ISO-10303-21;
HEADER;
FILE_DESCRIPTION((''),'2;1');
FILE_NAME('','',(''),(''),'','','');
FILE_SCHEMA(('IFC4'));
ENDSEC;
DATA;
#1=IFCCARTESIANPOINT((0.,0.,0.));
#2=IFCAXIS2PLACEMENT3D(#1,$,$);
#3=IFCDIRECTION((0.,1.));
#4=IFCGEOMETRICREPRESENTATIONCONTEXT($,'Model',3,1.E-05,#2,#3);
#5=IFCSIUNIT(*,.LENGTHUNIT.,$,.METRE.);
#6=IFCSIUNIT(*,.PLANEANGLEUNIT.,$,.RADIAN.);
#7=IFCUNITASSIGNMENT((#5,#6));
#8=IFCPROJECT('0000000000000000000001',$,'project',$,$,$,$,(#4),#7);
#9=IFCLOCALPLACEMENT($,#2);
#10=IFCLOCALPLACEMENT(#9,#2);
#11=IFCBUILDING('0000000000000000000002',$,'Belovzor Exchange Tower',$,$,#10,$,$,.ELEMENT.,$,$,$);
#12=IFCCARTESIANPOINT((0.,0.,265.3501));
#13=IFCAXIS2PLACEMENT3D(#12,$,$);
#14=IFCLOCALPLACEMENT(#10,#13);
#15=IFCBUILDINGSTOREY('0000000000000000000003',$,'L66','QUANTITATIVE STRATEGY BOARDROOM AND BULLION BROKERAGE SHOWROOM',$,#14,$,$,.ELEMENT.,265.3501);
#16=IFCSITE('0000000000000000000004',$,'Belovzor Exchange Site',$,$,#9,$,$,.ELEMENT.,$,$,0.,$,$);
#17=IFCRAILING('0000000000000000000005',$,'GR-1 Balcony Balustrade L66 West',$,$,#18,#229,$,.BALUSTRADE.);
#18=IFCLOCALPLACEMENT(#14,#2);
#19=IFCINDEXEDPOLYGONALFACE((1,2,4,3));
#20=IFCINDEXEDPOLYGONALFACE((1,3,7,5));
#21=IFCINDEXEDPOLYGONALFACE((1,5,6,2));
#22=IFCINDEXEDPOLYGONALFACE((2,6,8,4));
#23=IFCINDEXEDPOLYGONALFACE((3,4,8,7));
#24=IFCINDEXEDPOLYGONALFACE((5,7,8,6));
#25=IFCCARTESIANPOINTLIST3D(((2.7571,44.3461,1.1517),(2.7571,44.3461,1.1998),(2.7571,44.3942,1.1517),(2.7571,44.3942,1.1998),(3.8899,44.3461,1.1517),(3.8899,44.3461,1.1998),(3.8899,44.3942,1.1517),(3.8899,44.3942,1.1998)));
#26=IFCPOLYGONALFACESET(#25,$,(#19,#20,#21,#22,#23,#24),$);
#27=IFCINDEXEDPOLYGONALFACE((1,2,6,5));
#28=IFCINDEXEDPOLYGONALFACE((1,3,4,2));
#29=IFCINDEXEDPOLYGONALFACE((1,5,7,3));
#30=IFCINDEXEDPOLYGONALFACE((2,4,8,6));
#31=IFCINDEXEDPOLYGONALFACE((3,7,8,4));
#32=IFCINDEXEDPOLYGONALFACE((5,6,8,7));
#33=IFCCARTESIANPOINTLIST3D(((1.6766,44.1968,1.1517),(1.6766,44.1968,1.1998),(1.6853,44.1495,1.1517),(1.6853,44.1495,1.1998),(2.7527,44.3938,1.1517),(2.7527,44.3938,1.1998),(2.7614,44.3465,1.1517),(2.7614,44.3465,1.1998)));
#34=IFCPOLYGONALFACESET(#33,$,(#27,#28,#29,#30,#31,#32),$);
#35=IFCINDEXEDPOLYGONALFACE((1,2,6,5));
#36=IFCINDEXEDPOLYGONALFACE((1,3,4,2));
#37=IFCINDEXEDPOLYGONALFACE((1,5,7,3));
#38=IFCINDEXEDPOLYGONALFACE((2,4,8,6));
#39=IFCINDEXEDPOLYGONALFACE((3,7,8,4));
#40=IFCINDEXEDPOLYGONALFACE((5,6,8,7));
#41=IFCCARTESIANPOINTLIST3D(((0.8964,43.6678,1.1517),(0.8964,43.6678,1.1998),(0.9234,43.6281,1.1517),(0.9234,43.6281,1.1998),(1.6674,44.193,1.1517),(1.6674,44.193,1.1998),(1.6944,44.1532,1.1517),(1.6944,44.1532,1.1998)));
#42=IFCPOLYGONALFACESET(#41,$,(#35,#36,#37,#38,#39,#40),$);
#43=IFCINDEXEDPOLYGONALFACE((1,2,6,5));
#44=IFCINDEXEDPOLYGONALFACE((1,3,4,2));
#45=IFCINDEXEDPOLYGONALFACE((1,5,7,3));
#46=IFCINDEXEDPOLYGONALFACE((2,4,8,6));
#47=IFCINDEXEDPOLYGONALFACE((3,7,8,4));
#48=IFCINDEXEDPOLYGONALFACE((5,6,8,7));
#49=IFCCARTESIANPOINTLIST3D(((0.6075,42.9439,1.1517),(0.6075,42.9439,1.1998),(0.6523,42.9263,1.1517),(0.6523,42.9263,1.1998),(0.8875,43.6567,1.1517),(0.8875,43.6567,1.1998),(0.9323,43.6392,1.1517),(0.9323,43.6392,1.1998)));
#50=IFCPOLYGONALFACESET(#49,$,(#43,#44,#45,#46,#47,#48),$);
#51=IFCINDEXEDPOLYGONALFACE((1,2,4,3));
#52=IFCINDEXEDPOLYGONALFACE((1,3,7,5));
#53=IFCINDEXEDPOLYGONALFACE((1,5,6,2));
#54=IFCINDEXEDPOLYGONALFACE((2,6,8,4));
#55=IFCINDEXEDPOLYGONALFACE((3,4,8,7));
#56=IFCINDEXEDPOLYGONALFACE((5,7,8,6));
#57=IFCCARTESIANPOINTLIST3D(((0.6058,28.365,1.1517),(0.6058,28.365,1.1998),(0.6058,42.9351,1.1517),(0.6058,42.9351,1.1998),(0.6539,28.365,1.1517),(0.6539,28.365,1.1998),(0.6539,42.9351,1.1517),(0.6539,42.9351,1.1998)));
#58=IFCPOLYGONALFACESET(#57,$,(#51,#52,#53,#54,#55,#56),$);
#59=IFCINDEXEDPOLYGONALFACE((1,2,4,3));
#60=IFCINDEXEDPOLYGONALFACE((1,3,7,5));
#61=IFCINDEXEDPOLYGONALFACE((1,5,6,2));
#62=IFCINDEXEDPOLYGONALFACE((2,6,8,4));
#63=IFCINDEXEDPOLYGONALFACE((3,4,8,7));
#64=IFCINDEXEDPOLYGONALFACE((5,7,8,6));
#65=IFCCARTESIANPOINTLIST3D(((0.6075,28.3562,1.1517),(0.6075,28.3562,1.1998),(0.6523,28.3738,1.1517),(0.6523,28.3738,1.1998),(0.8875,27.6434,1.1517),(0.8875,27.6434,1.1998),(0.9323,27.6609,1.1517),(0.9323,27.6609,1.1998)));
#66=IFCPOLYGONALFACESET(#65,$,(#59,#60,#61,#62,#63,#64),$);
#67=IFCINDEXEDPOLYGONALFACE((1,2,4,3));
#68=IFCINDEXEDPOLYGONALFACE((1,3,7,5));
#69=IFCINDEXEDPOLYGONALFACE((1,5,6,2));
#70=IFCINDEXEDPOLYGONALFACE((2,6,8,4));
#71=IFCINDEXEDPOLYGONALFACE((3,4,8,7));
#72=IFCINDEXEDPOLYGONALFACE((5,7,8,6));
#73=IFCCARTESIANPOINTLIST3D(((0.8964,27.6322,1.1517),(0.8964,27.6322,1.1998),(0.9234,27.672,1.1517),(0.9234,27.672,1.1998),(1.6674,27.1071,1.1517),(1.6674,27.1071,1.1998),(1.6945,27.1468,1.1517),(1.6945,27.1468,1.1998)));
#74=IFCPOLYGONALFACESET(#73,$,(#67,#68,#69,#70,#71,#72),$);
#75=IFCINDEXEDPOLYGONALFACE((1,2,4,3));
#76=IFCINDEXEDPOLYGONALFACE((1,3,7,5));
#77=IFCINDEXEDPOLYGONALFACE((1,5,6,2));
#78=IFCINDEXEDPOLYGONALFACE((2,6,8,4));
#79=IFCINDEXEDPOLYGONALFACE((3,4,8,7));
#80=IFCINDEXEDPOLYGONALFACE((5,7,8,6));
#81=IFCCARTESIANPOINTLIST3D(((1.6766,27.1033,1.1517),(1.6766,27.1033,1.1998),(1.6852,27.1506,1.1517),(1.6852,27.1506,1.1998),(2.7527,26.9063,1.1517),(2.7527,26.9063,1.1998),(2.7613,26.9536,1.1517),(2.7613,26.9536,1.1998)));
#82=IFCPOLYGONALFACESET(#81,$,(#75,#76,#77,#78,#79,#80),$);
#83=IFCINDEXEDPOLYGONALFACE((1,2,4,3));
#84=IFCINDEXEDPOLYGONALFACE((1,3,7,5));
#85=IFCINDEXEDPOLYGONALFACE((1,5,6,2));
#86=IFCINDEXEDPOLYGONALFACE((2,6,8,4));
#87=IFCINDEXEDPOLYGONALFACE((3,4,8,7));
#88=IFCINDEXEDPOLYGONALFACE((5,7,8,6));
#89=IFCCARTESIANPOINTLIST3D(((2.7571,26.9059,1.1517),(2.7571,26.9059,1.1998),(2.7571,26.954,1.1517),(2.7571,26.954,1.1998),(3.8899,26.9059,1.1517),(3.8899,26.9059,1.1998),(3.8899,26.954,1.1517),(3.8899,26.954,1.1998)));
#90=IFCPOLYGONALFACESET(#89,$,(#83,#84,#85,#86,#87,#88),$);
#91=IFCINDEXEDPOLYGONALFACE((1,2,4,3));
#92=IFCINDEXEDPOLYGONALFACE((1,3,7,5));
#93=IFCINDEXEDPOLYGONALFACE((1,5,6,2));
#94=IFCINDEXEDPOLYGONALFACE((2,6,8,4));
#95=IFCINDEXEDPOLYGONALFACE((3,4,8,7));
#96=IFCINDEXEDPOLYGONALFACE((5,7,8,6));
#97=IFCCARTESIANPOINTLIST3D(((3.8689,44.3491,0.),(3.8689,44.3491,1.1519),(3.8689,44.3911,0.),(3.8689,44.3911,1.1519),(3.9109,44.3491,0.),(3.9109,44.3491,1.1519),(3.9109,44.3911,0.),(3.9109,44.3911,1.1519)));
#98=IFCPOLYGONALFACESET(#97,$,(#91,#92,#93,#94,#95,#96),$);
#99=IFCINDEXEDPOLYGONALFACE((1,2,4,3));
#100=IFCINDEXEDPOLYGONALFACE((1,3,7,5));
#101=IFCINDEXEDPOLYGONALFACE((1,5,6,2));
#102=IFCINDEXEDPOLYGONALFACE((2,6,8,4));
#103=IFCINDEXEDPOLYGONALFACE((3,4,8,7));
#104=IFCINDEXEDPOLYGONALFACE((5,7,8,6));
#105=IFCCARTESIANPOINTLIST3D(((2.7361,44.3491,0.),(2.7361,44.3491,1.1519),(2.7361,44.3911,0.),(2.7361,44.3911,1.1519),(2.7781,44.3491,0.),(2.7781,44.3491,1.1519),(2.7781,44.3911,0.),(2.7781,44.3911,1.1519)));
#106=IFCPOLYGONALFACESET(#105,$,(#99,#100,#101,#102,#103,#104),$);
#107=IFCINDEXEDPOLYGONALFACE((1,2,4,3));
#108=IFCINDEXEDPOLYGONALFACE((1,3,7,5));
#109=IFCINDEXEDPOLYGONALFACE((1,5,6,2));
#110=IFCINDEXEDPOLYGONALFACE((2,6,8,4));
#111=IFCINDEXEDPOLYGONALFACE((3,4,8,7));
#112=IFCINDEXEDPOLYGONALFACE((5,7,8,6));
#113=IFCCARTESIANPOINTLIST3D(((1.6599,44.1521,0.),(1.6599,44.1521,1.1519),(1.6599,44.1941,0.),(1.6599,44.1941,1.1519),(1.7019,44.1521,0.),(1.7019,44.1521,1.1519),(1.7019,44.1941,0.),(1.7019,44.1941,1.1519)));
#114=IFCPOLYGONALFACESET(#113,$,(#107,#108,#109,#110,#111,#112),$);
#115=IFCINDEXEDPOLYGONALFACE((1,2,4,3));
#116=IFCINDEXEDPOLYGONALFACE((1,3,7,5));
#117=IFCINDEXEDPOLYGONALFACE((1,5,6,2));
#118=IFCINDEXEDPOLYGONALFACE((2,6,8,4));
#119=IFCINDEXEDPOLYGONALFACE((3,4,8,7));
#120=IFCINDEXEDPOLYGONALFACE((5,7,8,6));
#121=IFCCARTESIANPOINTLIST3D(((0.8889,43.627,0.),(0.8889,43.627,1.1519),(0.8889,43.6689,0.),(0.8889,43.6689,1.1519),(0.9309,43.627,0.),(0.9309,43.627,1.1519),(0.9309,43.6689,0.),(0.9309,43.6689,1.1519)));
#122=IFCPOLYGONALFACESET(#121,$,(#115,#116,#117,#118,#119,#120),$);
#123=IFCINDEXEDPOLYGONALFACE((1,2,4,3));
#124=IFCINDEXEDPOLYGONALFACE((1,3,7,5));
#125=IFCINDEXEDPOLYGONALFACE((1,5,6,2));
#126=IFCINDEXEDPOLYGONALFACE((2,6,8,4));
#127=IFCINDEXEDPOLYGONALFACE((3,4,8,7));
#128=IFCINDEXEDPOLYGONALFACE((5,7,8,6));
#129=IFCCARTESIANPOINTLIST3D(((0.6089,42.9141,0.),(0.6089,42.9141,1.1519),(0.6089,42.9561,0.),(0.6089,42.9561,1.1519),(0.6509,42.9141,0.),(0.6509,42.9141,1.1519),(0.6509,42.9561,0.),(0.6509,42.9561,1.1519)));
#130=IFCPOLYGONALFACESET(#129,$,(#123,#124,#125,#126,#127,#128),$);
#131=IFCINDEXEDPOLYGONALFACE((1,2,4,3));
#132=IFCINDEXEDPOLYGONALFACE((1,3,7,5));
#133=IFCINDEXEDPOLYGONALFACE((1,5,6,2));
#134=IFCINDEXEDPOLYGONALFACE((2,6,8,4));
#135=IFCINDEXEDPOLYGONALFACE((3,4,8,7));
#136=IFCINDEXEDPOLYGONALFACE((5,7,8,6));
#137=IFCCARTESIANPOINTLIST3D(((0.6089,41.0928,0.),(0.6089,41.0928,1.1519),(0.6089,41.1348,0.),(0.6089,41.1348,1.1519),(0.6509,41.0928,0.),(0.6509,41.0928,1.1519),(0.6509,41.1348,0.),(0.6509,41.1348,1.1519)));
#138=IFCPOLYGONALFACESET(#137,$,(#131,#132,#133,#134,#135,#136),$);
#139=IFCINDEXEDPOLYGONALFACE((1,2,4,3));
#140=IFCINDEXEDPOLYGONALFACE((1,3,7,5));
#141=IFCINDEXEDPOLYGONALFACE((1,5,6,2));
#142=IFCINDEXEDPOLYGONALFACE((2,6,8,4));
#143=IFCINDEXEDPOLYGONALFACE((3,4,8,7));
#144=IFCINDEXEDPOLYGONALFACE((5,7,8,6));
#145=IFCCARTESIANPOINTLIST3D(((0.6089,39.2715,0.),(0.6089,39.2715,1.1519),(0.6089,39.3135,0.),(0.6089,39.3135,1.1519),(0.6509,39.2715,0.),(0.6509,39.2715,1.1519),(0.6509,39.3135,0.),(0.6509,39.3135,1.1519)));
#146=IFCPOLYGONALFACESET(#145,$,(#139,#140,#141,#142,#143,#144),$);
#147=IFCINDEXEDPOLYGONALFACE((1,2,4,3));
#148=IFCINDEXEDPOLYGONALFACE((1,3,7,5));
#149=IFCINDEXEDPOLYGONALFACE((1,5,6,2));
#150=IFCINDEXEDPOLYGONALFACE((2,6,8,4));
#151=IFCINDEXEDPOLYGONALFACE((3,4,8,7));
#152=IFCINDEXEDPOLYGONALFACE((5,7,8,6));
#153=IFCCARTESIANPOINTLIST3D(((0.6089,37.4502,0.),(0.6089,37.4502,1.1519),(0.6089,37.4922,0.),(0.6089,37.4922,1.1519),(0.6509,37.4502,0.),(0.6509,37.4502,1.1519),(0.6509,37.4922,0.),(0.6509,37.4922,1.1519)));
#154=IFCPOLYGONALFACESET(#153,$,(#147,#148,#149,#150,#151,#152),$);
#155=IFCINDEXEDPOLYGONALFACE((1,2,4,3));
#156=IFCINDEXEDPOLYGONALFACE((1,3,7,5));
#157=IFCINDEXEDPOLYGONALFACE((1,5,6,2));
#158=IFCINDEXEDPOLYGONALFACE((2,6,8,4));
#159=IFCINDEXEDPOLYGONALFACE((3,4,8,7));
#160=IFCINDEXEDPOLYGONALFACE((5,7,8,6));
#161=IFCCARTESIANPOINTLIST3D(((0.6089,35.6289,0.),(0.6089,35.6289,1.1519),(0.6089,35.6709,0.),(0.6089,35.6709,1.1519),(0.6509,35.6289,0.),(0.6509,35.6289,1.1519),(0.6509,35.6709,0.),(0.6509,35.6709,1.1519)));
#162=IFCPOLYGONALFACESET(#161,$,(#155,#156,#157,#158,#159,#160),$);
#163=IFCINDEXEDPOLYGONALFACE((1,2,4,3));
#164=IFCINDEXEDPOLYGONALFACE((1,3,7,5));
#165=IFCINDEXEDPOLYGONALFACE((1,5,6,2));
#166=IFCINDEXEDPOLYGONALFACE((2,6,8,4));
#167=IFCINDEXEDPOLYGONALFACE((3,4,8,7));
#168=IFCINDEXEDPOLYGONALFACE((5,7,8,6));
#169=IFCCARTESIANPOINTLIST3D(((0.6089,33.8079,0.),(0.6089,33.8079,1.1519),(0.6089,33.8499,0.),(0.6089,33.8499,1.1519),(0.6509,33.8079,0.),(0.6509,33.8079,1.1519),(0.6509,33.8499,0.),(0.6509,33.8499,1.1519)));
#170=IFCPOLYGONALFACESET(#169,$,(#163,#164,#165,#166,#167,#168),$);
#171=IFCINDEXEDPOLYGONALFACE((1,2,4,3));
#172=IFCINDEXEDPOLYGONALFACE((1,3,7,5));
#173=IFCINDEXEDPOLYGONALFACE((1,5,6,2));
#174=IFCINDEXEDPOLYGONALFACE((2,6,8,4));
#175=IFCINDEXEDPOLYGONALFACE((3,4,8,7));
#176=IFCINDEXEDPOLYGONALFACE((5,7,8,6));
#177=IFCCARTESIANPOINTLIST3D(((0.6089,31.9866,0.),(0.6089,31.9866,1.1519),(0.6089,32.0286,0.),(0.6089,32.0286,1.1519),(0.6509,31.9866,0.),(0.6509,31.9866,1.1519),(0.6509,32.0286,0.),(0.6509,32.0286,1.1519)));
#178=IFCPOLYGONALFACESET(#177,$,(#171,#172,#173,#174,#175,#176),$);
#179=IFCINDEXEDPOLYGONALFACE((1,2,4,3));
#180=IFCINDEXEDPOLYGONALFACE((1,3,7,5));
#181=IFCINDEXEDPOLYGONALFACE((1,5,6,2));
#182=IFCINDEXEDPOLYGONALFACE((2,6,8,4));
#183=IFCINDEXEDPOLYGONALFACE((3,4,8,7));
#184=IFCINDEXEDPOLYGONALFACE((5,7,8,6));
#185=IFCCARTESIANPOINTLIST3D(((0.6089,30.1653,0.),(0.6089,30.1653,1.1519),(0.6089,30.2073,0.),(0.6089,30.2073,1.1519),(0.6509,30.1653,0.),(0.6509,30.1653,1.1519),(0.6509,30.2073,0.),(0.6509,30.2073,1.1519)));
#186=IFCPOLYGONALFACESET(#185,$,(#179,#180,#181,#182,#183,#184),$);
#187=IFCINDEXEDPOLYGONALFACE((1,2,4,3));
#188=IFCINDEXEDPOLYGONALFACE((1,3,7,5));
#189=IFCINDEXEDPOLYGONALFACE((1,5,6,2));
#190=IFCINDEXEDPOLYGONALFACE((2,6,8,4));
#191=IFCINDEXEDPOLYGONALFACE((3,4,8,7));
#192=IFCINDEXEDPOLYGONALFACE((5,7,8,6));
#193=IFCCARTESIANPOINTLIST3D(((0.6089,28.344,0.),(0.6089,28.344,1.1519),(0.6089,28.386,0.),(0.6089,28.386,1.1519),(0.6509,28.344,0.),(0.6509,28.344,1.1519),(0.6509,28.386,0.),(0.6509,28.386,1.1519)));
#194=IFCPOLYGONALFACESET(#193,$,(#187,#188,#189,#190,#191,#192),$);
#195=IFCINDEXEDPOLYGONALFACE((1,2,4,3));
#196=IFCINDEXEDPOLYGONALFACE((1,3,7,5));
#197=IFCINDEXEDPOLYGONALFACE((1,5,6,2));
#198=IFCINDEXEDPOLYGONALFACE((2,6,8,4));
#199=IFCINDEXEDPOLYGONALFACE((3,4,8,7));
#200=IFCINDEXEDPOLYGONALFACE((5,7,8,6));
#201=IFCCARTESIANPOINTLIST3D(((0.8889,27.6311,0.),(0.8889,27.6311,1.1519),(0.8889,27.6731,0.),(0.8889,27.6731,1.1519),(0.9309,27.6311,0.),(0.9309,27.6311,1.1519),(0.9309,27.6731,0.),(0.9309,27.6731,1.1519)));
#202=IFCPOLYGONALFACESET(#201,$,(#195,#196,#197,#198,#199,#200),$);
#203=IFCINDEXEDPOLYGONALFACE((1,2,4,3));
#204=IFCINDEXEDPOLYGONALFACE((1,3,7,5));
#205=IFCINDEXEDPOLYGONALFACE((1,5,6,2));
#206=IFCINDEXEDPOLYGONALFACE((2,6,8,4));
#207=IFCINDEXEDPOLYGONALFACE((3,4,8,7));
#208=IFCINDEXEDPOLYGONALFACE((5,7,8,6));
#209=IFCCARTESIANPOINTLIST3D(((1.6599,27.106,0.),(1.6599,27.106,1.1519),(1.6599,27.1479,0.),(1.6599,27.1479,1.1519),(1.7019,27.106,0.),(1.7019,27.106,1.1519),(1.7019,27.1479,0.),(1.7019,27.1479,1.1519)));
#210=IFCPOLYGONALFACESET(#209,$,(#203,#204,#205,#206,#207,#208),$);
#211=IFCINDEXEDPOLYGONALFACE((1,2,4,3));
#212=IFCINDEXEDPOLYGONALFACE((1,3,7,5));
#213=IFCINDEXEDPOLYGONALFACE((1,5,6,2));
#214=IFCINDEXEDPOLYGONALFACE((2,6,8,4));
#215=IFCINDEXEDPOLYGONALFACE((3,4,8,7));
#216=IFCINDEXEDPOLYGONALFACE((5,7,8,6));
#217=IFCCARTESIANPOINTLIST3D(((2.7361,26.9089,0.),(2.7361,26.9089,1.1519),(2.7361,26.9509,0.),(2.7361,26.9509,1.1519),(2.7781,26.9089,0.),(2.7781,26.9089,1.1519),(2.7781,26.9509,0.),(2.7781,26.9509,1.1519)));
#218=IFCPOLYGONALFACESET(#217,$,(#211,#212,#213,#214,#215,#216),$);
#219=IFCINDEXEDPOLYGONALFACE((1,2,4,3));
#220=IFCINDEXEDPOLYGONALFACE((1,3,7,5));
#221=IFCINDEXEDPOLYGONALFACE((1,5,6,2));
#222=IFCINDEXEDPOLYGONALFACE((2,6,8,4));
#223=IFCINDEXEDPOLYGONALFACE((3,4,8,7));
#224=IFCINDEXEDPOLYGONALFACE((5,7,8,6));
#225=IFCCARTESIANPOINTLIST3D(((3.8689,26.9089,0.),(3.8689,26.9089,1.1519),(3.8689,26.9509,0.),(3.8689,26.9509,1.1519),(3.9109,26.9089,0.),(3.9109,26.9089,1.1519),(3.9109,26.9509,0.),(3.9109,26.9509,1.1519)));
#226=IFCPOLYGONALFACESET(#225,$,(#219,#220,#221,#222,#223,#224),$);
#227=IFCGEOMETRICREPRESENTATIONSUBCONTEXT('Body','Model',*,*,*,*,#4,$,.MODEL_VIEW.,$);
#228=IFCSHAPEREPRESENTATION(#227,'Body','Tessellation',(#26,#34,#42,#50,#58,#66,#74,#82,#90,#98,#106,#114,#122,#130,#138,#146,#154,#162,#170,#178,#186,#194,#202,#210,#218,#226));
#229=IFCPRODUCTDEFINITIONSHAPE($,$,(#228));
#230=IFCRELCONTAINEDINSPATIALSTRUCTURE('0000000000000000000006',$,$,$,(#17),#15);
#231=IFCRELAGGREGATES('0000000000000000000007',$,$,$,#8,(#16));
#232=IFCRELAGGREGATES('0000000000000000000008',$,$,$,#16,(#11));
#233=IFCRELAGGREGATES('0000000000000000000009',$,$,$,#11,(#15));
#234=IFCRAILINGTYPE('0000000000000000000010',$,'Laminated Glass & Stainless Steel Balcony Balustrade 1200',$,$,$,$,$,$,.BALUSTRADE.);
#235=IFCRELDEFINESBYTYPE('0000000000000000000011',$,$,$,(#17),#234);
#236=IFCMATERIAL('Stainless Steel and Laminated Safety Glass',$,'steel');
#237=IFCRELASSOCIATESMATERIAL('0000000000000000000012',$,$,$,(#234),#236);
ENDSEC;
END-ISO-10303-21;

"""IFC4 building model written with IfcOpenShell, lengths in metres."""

from ifc_helpers import new_model, si_unit, direction, frame, origin, origin_2d, place, context, subcontext, project, spatial, rectangle, extrude, material, type_object, element, save


model = new_model("IFC4")

# Units and contexts
model_context = context("Model", 3, precision=1e-05, world=origin(), true_north=direction((0.0, 1.0)))
body_context = subcontext(model_context, "Body", "Model", "MODEL_VIEW")
ifc_project = project(units=[si_unit("LENGTHUNIT", "METRE"), si_unit("PLANEANGLEUNIT", "RADIAN")], contexts=[model_context])

# Site, building, storey
site_placement = place(None, origin())
site = spatial("IfcSite", under=ifc_project, at=site_placement, Name="Belovzor Exchange Site", CompositionType="ELEMENT", RefElevation=0.0)
building_placement = place(site_placement, origin())
building = spatial("IfcBuilding", under=site, at=building_placement, Name="Belovzor Exchange Tower", CompositionType="ELEMENT")
storey_placement = place(building_placement, frame((0.0, 0.0, 265.3501)))
storey = spatial("IfcBuildingStorey", under=building, at=storey_placement, Name="L66", Description="QUANTITATIVE STRATEGY BOARDROOM AND BULLION BROKERAGE SHOWROOM", CompositionType="ELEMENT", Elevation=265.3501)

# Railing
ifc_material_1 = material(Name="Stainless Steel and Laminated Safety Glass", Category="steel")
railing_type = type_object("IfcRailingType", Name="Laminated Glass & Stainless Steel Balcony Balustrade 1200", PredefinedType="BALUSTRADE", material=ifc_material_1)
railing_placement = place(storey_placement, frame((3.8899, 44.3701, 0.0)))
element("IfcRailing", 1, at=railing_placement, inside=storey, type_object=railing_type, Name="GR-1 Balcony Balustrade L66 West", PredefinedType="BALUSTRADE", context=body_context, shape_type="SweptSolid", body=[
    extrude(rectangle(XDim=0.0481, YDim=0.0481, at=origin_2d()), frame((0.0, 0.0, 1.1758), z_axis=(-1.0, 0.0, 0.0), x_axis=(0.0, -1.0, 0.0)), (0.0, 0.0, 1.0), 1.1328),
    extrude(rectangle(XDim=0.0481, YDim=0.0481, at=origin_2d()), frame((-1.1328, 0.0, 1.1758), z_axis=(-0.983651, -0.180083, 0.0), x_axis=(0.180083, -0.983651, 0.0)), (0.0, 0.0, 1.0), 1.094),
    extrude(rectangle(XDim=0.0481, YDim=0.0481, at=origin_2d()), frame((-2.209, -0.197, 1.1758), z_axis=(-0.826493, -0.562947, 0.0), x_axis=(0.562947, -0.826493, 0.0)), (0.0, 0.0, 1.0), 0.9329),
    extrude(rectangle(XDim=0.0481, YDim=0.0481, at=origin_2d()), frame((-2.98, -0.7222, 1.1758), z_axis=(-0.365613, -0.930767, 0.0), x_axis=(0.930767, -0.365613, 0.0)), (0.0, 0.0, 1.0), 0.7659),
    extrude(rectangle(XDim=0.0481, YDim=0.0481, at=origin_2d()), frame((-3.26, -1.4351, 1.1758), z_axis=(0.0, -1.0, 0.0), x_axis=(1.0, 0.0, 0.0)), (0.0, 0.0, 1.0), 14.5701),
    extrude(rectangle(XDim=0.0481, YDim=0.0481, at=origin_2d()), frame((-3.26, -16.0051, 1.1758), z_axis=(0.365613, -0.930767, 0.0), x_axis=(0.930767, 0.365613, 0.0)), (0.0, 0.0, 1.0), 0.7659),
    extrude(rectangle(XDim=0.0481, YDim=0.0481, at=origin_2d()), frame((-2.98, -16.718, 1.1758), z_axis=(0.826493, -0.562947, 0.0), x_axis=(0.562947, 0.826493, 0.0)), (0.0, 0.0, 1.0), 0.9329),
    extrude(rectangle(XDim=0.0481, YDim=0.0481, at=origin_2d()), frame((-2.209, -17.2432, 1.1758), z_axis=(0.983651, -0.180083, 0.0), x_axis=(0.180083, 0.983651, 0.0)), (0.0, 0.0, 1.0), 1.094),
    extrude(rectangle(XDim=0.0481, YDim=0.0481, at=origin_2d()), frame((-1.1328, -17.4402, 1.1758), z_axis=(1.0, 0.0, 0.0), x_axis=(0.0, 1.0, 0.0)), (0.0, 0.0, 1.0), 1.1328),
    extrude(rectangle(XDim=0.042, YDim=0.042, at=origin_2d()), origin(), (0.0, 0.0, 1.0), 1.1519),
    extrude(rectangle(XDim=0.042, YDim=0.042, at=origin_2d()), frame((-1.1328, 0.0, 0.0)), (0.0, 0.0, 1.0), 1.1519),
    extrude(rectangle(XDim=0.042, YDim=0.042, at=origin_2d()), frame((-2.209, -0.197, 0.0)), (0.0, 0.0, 1.0), 1.1519),
    extrude(rectangle(XDim=0.042, YDim=0.042, at=origin_2d()), frame((-2.98, -0.7222, 0.0)), (0.0, 0.0, 1.0), 1.1519),
    extrude(rectangle(XDim=0.042, YDim=0.042, at=origin_2d()), frame((-3.26, -1.4351, 0.0)), (0.0, 0.0, 1.0), 1.1519),
    extrude(rectangle(XDim=0.042, YDim=0.042, at=origin_2d()), frame((-3.26, -3.2563, 0.0)), (0.0, 0.0, 1.0), 1.1519),
    extrude(rectangle(XDim=0.042, YDim=0.042, at=origin_2d()), frame((-3.26, -5.0776, 0.0)), (0.0, 0.0, 1.0), 1.1519),
    extrude(rectangle(XDim=0.042, YDim=0.042, at=origin_2d()), frame((-3.26, -6.8989, 0.0)), (0.0, 0.0, 1.0), 1.1519),
    extrude(rectangle(XDim=0.042, YDim=0.042, at=origin_2d()), frame((-3.26, -8.7202, 0.0)), (0.0, 0.0, 1.0), 1.1519),
    extrude(rectangle(XDim=0.042, YDim=0.042, at=origin_2d()), frame((-3.26, -10.5413, 0.0)), (0.0, 0.0, 1.0), 1.1519),
    extrude(rectangle(XDim=0.042, YDim=0.042, at=origin_2d()), frame((-3.26, -12.3625, 0.0)), (0.0, 0.0, 1.0), 1.1519),
    extrude(rectangle(XDim=0.042, YDim=0.042, at=origin_2d()), frame((-3.26, -14.1838, 0.0)), (0.0, 0.0, 1.0), 1.1519),
    extrude(rectangle(XDim=0.042, YDim=0.042, at=origin_2d()), frame((-3.26, -16.0051, 0.0)), (0.0, 0.0, 1.0), 1.1519),
    extrude(rectangle(XDim=0.042, YDim=0.042, at=origin_2d()), frame((-2.98, -16.718, 0.0)), (0.0, 0.0, 1.0), 1.1519),
    extrude(rectangle(XDim=0.042, YDim=0.042, at=origin_2d()), frame((-2.209, -17.2432, 0.0)), (0.0, 0.0, 1.0), 1.1519),
    extrude(rectangle(XDim=0.042, YDim=0.042, at=origin_2d()), frame((-1.1328, -17.4402, 0.0)), (0.0, 0.0, 1.0), 1.1519),
    extrude(rectangle(XDim=0.042, YDim=0.042, at=origin_2d()), frame((0.0, -17.4402, 0.0)), (0.0, 0.0, 1.0), 1.1519),
])

save(model, "model.ifc")
